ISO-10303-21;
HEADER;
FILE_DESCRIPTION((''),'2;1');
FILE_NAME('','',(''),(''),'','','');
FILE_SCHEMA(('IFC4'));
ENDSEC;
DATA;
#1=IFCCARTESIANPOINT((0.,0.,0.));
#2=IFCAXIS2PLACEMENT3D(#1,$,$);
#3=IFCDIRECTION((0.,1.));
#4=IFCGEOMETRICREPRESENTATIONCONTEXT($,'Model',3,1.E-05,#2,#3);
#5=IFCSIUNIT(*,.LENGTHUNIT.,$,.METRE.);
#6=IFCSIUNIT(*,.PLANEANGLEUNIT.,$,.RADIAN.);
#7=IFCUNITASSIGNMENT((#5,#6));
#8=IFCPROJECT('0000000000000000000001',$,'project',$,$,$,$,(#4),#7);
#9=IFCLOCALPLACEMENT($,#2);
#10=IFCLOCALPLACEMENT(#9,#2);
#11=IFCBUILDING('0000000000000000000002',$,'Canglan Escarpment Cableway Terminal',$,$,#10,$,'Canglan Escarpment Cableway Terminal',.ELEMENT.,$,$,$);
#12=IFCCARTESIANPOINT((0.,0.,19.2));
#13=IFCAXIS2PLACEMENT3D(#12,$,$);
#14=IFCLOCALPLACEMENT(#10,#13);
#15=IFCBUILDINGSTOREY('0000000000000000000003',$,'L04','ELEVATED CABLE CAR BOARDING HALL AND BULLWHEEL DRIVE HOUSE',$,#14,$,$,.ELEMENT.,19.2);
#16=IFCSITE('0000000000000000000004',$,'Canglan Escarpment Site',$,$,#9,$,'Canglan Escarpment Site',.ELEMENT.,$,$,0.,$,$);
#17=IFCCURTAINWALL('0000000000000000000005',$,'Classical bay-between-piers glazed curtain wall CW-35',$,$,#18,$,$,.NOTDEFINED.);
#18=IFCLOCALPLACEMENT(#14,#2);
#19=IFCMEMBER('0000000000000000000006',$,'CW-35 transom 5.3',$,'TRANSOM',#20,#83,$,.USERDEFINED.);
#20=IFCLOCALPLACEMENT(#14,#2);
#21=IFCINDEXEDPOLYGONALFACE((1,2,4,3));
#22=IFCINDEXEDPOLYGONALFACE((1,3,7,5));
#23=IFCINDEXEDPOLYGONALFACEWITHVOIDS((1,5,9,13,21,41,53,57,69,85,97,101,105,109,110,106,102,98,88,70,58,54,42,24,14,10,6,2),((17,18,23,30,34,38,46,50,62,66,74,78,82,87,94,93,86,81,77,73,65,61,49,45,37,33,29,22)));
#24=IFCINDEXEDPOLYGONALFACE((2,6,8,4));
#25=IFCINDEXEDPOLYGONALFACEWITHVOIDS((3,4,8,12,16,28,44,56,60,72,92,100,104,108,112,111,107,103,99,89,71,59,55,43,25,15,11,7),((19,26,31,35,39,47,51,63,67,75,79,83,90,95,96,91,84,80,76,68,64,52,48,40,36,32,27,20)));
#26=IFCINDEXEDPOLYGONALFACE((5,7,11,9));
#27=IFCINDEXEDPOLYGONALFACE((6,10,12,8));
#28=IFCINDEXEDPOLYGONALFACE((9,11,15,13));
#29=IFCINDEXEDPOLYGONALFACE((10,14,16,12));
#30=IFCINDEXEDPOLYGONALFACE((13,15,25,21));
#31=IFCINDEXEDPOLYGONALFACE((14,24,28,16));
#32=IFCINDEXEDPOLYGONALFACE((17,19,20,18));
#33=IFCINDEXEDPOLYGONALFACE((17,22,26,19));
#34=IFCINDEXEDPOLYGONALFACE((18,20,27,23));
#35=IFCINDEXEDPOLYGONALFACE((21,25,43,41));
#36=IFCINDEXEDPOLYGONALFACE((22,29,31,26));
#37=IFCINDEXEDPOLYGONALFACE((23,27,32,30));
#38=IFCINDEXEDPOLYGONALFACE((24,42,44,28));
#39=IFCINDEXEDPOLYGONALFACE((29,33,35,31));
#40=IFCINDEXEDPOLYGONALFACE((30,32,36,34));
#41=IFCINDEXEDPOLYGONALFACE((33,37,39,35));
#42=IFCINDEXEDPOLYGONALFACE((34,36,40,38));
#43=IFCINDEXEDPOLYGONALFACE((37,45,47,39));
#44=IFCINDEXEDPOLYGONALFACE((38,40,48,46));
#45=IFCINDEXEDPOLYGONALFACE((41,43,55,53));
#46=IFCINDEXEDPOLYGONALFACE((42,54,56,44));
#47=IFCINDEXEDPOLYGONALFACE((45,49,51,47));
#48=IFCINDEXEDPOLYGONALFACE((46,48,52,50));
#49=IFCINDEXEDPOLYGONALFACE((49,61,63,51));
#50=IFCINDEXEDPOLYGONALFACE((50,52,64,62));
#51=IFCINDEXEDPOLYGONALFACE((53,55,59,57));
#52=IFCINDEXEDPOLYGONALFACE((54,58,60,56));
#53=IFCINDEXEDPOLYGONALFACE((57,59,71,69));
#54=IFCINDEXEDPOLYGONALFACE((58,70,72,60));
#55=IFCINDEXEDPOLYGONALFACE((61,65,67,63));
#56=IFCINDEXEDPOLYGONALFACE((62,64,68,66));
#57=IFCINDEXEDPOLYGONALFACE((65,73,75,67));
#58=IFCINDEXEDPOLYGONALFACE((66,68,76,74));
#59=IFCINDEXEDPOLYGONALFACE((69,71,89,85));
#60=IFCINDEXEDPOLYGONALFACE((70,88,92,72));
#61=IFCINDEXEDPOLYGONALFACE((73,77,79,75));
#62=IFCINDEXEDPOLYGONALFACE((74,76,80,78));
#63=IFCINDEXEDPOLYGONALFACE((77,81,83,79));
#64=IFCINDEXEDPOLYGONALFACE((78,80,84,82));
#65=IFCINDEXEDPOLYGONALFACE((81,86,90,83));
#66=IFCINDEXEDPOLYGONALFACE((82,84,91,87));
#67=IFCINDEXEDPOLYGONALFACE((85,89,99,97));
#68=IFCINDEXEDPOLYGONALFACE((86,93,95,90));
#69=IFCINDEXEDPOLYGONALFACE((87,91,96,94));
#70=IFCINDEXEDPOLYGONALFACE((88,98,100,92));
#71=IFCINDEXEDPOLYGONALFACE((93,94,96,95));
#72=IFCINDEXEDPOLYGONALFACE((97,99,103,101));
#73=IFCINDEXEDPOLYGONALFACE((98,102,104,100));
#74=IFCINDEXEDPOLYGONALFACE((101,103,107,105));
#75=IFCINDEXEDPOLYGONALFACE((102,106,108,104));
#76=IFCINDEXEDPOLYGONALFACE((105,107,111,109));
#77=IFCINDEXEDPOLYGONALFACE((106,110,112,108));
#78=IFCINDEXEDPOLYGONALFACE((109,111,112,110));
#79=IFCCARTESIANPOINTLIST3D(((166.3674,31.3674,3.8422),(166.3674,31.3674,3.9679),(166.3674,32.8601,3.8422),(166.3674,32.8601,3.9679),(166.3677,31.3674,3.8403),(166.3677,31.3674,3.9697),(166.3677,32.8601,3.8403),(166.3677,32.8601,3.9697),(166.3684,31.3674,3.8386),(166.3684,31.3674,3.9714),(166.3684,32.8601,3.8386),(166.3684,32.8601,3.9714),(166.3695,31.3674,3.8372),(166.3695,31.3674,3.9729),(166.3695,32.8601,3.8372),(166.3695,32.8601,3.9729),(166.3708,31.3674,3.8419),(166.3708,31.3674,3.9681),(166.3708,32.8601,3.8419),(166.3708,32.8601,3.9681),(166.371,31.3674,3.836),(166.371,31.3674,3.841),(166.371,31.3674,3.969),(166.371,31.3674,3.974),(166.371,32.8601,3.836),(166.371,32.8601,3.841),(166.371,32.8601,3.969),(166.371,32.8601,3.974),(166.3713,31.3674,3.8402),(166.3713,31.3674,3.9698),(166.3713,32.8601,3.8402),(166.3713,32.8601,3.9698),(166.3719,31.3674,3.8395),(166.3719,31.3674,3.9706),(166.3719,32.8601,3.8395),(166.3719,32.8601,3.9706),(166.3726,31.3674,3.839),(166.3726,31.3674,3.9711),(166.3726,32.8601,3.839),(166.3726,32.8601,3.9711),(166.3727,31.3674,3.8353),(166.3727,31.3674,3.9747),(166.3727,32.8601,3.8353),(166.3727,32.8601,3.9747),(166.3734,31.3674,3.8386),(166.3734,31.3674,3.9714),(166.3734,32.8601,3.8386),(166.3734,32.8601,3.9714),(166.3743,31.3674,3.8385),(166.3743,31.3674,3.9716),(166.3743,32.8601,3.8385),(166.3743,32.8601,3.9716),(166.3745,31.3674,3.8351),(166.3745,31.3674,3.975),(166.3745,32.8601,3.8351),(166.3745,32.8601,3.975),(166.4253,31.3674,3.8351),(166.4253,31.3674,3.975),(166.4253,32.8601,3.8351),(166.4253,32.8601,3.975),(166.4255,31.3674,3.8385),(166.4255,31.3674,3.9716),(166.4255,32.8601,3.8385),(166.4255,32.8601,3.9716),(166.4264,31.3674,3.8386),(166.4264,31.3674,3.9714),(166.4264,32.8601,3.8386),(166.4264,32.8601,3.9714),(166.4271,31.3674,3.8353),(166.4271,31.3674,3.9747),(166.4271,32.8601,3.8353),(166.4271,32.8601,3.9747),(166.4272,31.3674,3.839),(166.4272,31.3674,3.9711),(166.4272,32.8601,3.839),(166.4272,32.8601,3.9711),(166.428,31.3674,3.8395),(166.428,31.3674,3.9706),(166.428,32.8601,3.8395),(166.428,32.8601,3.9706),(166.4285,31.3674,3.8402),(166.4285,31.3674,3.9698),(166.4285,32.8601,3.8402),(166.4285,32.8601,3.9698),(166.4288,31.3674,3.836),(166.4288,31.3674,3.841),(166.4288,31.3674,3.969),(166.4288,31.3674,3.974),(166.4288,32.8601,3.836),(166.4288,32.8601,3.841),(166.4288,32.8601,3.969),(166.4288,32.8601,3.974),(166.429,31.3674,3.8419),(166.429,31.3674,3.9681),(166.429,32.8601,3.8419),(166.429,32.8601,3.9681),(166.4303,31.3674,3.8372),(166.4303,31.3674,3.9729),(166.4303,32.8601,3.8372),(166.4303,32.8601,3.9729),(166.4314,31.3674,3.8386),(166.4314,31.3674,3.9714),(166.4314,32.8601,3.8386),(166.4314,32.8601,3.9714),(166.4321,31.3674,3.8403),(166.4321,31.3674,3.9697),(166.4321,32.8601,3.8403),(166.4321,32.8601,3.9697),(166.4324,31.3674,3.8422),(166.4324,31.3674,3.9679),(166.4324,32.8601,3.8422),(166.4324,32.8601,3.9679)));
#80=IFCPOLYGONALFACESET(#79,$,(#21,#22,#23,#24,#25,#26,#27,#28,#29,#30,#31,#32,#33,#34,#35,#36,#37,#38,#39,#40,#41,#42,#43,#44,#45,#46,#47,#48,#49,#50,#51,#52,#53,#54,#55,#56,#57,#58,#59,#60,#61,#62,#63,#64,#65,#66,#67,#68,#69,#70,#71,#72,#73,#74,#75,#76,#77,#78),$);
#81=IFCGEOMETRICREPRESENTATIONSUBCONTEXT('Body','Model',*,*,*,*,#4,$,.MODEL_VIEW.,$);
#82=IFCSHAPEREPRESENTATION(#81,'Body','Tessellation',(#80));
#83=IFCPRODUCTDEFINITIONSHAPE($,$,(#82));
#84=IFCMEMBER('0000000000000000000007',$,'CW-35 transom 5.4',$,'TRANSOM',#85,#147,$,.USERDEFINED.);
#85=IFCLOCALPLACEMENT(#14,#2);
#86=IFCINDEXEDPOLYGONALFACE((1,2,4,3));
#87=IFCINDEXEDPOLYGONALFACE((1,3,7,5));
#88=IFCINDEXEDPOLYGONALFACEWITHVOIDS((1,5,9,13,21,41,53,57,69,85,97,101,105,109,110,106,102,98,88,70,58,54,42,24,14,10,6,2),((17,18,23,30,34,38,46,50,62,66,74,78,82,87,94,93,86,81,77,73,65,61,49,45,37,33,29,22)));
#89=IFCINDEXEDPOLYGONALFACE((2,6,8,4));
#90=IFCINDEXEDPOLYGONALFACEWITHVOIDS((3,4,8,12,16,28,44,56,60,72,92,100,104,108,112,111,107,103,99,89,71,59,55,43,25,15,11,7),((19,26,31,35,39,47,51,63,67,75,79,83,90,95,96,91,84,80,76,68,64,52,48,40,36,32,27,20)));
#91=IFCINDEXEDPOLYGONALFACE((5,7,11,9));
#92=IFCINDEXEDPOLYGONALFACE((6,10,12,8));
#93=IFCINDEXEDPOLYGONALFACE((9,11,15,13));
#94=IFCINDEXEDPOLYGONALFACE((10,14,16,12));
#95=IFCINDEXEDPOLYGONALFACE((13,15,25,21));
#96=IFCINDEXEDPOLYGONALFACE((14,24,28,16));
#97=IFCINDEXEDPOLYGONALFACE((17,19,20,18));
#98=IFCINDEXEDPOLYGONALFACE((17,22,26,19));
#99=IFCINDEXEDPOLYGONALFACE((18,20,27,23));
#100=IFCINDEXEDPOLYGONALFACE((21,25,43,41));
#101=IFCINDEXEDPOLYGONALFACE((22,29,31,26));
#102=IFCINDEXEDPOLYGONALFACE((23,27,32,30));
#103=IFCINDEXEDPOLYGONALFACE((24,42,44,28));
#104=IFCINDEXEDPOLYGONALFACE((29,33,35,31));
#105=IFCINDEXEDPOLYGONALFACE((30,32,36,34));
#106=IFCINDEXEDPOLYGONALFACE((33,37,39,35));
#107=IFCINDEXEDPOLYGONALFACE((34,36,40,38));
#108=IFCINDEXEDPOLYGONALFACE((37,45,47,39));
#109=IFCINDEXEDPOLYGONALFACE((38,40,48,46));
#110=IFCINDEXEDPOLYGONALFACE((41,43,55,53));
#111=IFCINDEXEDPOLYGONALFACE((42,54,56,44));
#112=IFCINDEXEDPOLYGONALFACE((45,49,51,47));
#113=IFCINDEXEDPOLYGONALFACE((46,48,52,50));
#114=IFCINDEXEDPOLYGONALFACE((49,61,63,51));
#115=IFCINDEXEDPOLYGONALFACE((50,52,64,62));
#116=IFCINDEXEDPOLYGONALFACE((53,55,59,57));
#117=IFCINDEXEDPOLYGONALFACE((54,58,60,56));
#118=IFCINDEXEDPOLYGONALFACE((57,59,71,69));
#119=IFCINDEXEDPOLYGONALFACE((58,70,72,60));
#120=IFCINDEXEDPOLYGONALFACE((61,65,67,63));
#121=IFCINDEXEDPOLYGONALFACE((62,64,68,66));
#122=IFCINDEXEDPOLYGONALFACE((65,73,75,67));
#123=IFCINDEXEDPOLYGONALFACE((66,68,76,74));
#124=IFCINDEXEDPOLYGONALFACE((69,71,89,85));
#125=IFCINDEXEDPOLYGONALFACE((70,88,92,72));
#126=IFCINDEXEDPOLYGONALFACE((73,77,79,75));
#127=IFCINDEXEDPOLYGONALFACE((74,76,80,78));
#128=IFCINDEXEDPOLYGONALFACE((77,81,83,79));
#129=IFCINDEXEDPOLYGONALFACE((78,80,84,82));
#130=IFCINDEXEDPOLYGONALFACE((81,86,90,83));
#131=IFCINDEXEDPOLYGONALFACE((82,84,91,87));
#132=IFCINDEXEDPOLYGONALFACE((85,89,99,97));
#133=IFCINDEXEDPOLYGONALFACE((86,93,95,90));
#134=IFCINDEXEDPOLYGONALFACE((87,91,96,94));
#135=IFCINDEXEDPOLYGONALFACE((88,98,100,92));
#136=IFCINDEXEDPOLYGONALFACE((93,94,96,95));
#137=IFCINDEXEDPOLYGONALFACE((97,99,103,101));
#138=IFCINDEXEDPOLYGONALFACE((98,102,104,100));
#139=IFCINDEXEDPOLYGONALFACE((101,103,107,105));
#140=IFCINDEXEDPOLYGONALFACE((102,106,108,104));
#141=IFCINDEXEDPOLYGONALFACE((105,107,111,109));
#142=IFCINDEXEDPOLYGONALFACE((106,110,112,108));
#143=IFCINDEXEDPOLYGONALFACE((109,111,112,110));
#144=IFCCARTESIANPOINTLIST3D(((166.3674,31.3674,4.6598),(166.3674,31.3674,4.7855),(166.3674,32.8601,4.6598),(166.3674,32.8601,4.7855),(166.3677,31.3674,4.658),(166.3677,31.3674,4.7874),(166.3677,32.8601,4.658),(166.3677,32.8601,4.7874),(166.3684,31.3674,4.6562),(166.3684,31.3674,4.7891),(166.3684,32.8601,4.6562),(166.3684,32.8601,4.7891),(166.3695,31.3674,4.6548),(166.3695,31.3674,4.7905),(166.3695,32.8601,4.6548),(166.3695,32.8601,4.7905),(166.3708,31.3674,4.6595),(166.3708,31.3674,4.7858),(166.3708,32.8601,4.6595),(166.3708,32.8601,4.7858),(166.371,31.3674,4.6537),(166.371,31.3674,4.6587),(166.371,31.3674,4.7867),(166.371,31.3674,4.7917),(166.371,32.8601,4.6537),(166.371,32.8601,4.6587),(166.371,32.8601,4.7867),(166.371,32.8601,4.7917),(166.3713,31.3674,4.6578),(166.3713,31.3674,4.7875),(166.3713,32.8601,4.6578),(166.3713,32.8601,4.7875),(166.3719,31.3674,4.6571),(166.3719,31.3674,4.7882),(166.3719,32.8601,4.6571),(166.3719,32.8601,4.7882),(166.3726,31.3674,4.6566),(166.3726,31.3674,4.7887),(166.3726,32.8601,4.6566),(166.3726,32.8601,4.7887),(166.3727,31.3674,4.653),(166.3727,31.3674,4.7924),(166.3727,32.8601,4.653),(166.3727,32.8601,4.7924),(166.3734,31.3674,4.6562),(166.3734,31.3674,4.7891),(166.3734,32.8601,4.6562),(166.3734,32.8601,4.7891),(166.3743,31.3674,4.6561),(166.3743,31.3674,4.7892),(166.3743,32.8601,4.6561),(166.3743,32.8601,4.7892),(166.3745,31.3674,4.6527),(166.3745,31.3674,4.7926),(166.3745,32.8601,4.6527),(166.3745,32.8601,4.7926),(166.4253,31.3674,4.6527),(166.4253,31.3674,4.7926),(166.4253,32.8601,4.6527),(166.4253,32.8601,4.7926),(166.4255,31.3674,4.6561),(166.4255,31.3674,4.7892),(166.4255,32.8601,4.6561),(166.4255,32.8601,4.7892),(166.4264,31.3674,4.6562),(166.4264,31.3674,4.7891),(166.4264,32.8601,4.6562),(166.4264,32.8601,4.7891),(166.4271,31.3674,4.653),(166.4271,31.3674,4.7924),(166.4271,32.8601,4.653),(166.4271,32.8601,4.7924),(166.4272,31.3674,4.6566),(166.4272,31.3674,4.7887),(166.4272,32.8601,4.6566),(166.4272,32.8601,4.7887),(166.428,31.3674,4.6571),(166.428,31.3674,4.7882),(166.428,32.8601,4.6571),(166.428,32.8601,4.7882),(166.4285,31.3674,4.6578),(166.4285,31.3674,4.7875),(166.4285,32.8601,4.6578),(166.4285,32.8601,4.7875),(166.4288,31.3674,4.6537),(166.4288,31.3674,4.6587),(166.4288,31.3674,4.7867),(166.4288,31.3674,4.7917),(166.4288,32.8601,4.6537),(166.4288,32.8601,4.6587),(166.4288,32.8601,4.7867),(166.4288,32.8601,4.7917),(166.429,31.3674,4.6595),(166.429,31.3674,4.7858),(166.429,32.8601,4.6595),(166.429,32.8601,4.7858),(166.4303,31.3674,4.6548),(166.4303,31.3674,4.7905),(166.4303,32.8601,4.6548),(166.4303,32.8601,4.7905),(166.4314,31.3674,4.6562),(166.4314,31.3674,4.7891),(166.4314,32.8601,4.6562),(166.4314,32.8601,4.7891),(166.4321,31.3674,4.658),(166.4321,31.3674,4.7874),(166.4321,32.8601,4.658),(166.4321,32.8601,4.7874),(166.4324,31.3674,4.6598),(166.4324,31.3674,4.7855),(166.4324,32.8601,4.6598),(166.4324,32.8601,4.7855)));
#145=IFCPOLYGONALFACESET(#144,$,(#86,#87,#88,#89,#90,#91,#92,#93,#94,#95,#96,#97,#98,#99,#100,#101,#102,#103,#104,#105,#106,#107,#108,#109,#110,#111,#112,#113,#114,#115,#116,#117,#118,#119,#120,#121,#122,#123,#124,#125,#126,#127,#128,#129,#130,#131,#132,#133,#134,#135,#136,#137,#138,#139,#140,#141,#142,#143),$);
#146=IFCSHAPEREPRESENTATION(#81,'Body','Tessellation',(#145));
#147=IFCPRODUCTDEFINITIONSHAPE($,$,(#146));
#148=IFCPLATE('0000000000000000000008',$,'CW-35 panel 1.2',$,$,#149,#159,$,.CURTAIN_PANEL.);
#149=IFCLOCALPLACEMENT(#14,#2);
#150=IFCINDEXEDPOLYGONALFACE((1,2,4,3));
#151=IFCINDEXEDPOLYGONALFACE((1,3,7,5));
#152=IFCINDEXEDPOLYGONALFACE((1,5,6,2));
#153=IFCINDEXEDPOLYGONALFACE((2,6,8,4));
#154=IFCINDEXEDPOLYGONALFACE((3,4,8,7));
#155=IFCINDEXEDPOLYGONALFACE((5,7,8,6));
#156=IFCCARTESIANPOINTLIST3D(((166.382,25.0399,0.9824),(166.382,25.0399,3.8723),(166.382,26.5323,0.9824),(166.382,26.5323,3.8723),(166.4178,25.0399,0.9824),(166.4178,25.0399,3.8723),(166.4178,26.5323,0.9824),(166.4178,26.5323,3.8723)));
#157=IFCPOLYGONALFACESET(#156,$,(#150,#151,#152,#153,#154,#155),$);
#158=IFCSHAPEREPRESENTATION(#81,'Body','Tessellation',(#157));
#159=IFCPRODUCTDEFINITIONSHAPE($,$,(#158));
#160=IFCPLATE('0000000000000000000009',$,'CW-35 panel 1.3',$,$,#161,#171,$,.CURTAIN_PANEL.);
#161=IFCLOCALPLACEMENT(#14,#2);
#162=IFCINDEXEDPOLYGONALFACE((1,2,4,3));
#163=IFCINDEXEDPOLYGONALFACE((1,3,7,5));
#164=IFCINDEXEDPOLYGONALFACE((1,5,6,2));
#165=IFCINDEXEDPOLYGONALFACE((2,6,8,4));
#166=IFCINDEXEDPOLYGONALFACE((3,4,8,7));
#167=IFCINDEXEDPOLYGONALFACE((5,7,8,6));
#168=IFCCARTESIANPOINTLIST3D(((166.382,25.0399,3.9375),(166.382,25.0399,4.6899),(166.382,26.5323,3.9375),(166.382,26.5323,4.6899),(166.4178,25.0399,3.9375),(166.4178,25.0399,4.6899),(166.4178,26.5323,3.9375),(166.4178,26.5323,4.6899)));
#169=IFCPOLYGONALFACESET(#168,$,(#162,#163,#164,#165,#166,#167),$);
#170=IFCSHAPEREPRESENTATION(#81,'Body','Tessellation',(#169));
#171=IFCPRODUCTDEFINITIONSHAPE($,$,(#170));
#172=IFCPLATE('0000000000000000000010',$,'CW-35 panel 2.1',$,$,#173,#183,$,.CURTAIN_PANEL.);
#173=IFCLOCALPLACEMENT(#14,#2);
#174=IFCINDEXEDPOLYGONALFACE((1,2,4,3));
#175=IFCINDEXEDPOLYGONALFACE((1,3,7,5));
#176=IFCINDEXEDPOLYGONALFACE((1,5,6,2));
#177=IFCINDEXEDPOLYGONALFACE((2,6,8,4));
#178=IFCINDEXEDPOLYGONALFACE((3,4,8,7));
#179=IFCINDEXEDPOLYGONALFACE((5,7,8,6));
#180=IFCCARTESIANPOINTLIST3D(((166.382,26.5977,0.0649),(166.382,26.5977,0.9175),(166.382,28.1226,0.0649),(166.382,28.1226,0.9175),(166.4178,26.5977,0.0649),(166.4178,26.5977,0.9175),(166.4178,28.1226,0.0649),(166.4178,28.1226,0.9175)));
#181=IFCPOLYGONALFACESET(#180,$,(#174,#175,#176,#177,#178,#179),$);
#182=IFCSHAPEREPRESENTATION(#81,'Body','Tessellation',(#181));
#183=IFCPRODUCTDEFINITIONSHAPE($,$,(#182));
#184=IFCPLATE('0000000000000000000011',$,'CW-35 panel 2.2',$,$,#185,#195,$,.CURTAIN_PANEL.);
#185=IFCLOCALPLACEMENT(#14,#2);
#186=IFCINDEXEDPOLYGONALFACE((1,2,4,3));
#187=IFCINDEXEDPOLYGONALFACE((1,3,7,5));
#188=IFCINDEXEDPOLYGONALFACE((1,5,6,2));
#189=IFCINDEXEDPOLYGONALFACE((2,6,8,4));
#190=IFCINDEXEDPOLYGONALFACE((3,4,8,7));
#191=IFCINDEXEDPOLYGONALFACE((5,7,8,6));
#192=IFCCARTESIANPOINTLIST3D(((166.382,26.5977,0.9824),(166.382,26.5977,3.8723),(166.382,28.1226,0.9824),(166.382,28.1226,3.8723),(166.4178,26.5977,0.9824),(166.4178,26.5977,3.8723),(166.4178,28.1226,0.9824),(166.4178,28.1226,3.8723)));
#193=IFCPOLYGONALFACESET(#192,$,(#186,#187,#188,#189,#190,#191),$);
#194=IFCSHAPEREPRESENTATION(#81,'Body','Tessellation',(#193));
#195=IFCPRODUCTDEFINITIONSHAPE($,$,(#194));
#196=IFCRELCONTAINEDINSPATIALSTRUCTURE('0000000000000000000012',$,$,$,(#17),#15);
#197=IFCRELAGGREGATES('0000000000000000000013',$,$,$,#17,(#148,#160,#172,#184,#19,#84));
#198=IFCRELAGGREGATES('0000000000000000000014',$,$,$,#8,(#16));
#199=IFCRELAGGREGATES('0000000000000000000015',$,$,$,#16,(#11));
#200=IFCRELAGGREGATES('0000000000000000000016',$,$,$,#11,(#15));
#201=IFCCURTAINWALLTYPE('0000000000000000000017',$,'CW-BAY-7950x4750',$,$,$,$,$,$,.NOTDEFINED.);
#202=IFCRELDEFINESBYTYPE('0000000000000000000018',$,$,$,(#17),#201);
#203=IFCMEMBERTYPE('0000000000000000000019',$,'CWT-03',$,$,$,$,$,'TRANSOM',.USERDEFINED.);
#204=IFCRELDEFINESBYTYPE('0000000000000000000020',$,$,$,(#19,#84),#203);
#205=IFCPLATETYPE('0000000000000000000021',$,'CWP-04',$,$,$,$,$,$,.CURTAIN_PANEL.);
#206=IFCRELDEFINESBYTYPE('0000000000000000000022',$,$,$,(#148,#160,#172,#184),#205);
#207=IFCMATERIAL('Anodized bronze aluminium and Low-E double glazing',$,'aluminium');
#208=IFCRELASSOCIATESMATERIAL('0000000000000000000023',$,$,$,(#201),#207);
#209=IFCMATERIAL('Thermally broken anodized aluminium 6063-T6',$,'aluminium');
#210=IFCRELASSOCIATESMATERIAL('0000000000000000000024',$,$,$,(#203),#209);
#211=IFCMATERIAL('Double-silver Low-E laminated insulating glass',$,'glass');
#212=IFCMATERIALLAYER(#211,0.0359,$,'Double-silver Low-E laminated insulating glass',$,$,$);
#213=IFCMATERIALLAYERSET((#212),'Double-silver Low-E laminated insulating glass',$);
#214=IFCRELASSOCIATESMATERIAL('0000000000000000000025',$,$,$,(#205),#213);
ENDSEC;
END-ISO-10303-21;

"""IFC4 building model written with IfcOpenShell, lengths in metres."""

from ifc_helpers import new_model, si_unit, direction, frame, origin, origin_2d, place, context, subcontext, project, spatial, rectangle, hollow_rectangle, extrude, material, layer, layer_set, material_profile, profile_set, type_object, element, aggregate, save


model = new_model("IFC4")

# Units and contexts
model_context = context("Model", 3, precision=1e-05, world=origin(), true_north=direction((0.0, 1.0)))
body_context = subcontext(model_context, "Body", "Model", "MODEL_VIEW")
ifc_project = project(units=[si_unit("LENGTHUNIT", "METRE"), si_unit("PLANEANGLEUNIT", "RADIAN")], contexts=[model_context])

# Site, building, storey
site_placement = place(None, origin())
site = spatial("IfcSite", under=ifc_project, at=site_placement, Name="Canglan Escarpment Site", LongName="Canglan Escarpment Site", CompositionType="ELEMENT", RefElevation=0.0)
building_placement = place(site_placement, origin())
building = spatial("IfcBuilding", under=site, at=building_placement, Name="Canglan Escarpment Cableway Terminal", LongName="Canglan Escarpment Cableway Terminal", CompositionType="ELEMENT")
storey_placement = place(building_placement, frame((0.0, 0.0, 19.2)))
storey = spatial("IfcBuildingStorey", under=building, at=storey_placement, Name="L04", Description="ELEVATED CABLE CAR BOARDING HALL AND BULLWHEEL DRIVE HOUSE", CompositionType="ELEMENT", Elevation=19.2)

# Curtain wall, members, plates
ifc_material_1 = material(Name="Anodized bronze aluminium and Low-E double glazing", Category="aluminium")
curtain_wall_type = type_object("IfcCurtainWallType", Name="CW-BAY-7950x4750", PredefinedType="NOTDEFINED", material=ifc_material_1)
curtain_wall_placement = place(storey_placement, origin())
curtain_wall = element("IfcCurtainWall", 1, at=curtain_wall_placement, inside=storey, type_object=curtain_wall_type, Name="Classical bay-between-piers glazed curtain wall CW-35", PredefinedType="NOTDEFINED")
ifc_material_2 = material(Name="Thermally broken anodized aluminium 6063-T6", Category="aluminium")
ifc_material_profile_1 = material_profile(ifc_material_2, hollow_rectangle(XDim=0.0649, YDim=0.1399, WallThickness=0.0034, InnerFilletRadius=0.0034, OuterFilletRadius=0.0071, at=origin_2d()), Name="ALU-TRAN 65x140x3.5")
ifc_profile_set_1 = profile_set([ifc_material_profile_1], Name="Thermally broken anodized aluminium 6063-T6")
member_type_1 = type_object("IfcMemberType", Name="CWT-03", ElementType="TRANSOM", PredefinedType="USERDEFINED", material=ifc_profile_set_1)
member_1_placement = place(storey_placement, frame((166.3999, 31.3674, 3.905), z_axis=(0.0, 1.0, 0.0), x_axis=(-1.0, 0.0, 0.0)))
member_1 = element("IfcMember", 2, at=member_1_placement, type_object=member_type_1, Name="CW-35 transom 5.3", ObjectType="TRANSOM", PredefinedType="USERDEFINED", context=body_context, shape_type="SweptSolid", body=[
    extrude(hollow_rectangle(XDim=0.0649, YDim=0.1399, WallThickness=0.0034, InnerFilletRadius=0.0034, OuterFilletRadius=0.0071, at=origin_2d()), origin(), (0.0, 0.0, 1.0), 1.4927),
])
member_2_placement = place(storey_placement, frame((166.3999, 31.3674, 4.7227), z_axis=(0.0, 1.0, 0.0), x_axis=(-1.0, 0.0, 0.0)))
member_2 = element("IfcMember", 3, at=member_2_placement, type_object=member_type_1, Name="CW-35 transom 5.4", ObjectType="TRANSOM", PredefinedType="USERDEFINED", context=body_context, shape_type="SweptSolid", body=[
    extrude(hollow_rectangle(XDim=0.0649, YDim=0.1399, WallThickness=0.0034, InnerFilletRadius=0.0034, OuterFilletRadius=0.0071, at=origin_2d()), origin(), (0.0, 0.0, 1.0), 1.4927),
])
ifc_material_3 = material(Name="Double-silver Low-E laminated insulating glass", Category="glass")
ifc_layer = layer(ifc_material_3, 0.0359, Name="Double-silver Low-E laminated insulating glass")
ifc_layer_set = layer_set([ifc_layer], Name="Double-silver Low-E laminated insulating glass")
plate_type = type_object("IfcPlateType", Name="CWP-04", PredefinedType="CURTAIN_PANEL", material=ifc_layer_set)
plate_1_placement = place(storey_placement, frame((166.3999, 25.7861, 0.9824), z_axis=(0.0, 0.0, 1.0), x_axis=(0.0, 1.0, 0.0)))
plate_1 = element("IfcPlate", 4, at=plate_1_placement, type_object=plate_type, Name="CW-35 panel 1.2", PredefinedType="CURTAIN_PANEL", context=body_context, shape_type="SweptSolid", body=[
    extrude(rectangle(XDim=1.4924, YDim=0.0359, at=origin_2d()), origin(), (0.0, 0.0, 1.0), 2.8899),
])
plate_2_placement = place(storey_placement, frame((166.3999, 25.7861, 3.9375), z_axis=(0.0, 0.0, 1.0), x_axis=(0.0, 1.0, 0.0)))
plate_2 = element("IfcPlate", 5, at=plate_2_placement, type_object=plate_type, Name="CW-35 panel 1.3", PredefinedType="CURTAIN_PANEL", context=body_context, shape_type="SweptSolid", body=[
    extrude(rectangle(XDim=1.4924, YDim=0.0359, at=origin_2d()), origin(), (0.0, 0.0, 1.0), 0.7524),
])
plate_3_placement = place(storey_placement, frame((166.3999, 27.3601, 0.0649), z_axis=(0.0, 0.0, 1.0), x_axis=(0.0, 1.0, 0.0)))
plate_3 = element("IfcPlate", 6, at=plate_3_placement, type_object=plate_type, Name="CW-35 panel 2.1", PredefinedType="CURTAIN_PANEL", context=body_context, shape_type="SweptSolid", body=[
    extrude(rectangle(XDim=1.5249, YDim=0.0359, at=origin_2d()), origin(), (0.0, 0.0, 1.0), 0.8525),
])
plate_4_placement = place(storey_placement, frame((166.3999, 27.3601, 0.9824), z_axis=(0.0, 0.0, 1.0), x_axis=(0.0, 1.0, 0.0)))
plate_4 = element("IfcPlate", 7, at=plate_4_placement, type_object=plate_type, Name="CW-35 panel 2.2", PredefinedType="CURTAIN_PANEL", context=body_context, shape_type="SweptSolid", body=[
    extrude(rectangle(XDim=1.5249, YDim=0.0359, at=origin_2d()), origin(), (0.0, 0.0, 1.0), 2.8899),
])
aggregate(curtain_wall, [plate_1, plate_2, plate_3, plate_4, member_1, member_2])

save(model, "model.ifc")
